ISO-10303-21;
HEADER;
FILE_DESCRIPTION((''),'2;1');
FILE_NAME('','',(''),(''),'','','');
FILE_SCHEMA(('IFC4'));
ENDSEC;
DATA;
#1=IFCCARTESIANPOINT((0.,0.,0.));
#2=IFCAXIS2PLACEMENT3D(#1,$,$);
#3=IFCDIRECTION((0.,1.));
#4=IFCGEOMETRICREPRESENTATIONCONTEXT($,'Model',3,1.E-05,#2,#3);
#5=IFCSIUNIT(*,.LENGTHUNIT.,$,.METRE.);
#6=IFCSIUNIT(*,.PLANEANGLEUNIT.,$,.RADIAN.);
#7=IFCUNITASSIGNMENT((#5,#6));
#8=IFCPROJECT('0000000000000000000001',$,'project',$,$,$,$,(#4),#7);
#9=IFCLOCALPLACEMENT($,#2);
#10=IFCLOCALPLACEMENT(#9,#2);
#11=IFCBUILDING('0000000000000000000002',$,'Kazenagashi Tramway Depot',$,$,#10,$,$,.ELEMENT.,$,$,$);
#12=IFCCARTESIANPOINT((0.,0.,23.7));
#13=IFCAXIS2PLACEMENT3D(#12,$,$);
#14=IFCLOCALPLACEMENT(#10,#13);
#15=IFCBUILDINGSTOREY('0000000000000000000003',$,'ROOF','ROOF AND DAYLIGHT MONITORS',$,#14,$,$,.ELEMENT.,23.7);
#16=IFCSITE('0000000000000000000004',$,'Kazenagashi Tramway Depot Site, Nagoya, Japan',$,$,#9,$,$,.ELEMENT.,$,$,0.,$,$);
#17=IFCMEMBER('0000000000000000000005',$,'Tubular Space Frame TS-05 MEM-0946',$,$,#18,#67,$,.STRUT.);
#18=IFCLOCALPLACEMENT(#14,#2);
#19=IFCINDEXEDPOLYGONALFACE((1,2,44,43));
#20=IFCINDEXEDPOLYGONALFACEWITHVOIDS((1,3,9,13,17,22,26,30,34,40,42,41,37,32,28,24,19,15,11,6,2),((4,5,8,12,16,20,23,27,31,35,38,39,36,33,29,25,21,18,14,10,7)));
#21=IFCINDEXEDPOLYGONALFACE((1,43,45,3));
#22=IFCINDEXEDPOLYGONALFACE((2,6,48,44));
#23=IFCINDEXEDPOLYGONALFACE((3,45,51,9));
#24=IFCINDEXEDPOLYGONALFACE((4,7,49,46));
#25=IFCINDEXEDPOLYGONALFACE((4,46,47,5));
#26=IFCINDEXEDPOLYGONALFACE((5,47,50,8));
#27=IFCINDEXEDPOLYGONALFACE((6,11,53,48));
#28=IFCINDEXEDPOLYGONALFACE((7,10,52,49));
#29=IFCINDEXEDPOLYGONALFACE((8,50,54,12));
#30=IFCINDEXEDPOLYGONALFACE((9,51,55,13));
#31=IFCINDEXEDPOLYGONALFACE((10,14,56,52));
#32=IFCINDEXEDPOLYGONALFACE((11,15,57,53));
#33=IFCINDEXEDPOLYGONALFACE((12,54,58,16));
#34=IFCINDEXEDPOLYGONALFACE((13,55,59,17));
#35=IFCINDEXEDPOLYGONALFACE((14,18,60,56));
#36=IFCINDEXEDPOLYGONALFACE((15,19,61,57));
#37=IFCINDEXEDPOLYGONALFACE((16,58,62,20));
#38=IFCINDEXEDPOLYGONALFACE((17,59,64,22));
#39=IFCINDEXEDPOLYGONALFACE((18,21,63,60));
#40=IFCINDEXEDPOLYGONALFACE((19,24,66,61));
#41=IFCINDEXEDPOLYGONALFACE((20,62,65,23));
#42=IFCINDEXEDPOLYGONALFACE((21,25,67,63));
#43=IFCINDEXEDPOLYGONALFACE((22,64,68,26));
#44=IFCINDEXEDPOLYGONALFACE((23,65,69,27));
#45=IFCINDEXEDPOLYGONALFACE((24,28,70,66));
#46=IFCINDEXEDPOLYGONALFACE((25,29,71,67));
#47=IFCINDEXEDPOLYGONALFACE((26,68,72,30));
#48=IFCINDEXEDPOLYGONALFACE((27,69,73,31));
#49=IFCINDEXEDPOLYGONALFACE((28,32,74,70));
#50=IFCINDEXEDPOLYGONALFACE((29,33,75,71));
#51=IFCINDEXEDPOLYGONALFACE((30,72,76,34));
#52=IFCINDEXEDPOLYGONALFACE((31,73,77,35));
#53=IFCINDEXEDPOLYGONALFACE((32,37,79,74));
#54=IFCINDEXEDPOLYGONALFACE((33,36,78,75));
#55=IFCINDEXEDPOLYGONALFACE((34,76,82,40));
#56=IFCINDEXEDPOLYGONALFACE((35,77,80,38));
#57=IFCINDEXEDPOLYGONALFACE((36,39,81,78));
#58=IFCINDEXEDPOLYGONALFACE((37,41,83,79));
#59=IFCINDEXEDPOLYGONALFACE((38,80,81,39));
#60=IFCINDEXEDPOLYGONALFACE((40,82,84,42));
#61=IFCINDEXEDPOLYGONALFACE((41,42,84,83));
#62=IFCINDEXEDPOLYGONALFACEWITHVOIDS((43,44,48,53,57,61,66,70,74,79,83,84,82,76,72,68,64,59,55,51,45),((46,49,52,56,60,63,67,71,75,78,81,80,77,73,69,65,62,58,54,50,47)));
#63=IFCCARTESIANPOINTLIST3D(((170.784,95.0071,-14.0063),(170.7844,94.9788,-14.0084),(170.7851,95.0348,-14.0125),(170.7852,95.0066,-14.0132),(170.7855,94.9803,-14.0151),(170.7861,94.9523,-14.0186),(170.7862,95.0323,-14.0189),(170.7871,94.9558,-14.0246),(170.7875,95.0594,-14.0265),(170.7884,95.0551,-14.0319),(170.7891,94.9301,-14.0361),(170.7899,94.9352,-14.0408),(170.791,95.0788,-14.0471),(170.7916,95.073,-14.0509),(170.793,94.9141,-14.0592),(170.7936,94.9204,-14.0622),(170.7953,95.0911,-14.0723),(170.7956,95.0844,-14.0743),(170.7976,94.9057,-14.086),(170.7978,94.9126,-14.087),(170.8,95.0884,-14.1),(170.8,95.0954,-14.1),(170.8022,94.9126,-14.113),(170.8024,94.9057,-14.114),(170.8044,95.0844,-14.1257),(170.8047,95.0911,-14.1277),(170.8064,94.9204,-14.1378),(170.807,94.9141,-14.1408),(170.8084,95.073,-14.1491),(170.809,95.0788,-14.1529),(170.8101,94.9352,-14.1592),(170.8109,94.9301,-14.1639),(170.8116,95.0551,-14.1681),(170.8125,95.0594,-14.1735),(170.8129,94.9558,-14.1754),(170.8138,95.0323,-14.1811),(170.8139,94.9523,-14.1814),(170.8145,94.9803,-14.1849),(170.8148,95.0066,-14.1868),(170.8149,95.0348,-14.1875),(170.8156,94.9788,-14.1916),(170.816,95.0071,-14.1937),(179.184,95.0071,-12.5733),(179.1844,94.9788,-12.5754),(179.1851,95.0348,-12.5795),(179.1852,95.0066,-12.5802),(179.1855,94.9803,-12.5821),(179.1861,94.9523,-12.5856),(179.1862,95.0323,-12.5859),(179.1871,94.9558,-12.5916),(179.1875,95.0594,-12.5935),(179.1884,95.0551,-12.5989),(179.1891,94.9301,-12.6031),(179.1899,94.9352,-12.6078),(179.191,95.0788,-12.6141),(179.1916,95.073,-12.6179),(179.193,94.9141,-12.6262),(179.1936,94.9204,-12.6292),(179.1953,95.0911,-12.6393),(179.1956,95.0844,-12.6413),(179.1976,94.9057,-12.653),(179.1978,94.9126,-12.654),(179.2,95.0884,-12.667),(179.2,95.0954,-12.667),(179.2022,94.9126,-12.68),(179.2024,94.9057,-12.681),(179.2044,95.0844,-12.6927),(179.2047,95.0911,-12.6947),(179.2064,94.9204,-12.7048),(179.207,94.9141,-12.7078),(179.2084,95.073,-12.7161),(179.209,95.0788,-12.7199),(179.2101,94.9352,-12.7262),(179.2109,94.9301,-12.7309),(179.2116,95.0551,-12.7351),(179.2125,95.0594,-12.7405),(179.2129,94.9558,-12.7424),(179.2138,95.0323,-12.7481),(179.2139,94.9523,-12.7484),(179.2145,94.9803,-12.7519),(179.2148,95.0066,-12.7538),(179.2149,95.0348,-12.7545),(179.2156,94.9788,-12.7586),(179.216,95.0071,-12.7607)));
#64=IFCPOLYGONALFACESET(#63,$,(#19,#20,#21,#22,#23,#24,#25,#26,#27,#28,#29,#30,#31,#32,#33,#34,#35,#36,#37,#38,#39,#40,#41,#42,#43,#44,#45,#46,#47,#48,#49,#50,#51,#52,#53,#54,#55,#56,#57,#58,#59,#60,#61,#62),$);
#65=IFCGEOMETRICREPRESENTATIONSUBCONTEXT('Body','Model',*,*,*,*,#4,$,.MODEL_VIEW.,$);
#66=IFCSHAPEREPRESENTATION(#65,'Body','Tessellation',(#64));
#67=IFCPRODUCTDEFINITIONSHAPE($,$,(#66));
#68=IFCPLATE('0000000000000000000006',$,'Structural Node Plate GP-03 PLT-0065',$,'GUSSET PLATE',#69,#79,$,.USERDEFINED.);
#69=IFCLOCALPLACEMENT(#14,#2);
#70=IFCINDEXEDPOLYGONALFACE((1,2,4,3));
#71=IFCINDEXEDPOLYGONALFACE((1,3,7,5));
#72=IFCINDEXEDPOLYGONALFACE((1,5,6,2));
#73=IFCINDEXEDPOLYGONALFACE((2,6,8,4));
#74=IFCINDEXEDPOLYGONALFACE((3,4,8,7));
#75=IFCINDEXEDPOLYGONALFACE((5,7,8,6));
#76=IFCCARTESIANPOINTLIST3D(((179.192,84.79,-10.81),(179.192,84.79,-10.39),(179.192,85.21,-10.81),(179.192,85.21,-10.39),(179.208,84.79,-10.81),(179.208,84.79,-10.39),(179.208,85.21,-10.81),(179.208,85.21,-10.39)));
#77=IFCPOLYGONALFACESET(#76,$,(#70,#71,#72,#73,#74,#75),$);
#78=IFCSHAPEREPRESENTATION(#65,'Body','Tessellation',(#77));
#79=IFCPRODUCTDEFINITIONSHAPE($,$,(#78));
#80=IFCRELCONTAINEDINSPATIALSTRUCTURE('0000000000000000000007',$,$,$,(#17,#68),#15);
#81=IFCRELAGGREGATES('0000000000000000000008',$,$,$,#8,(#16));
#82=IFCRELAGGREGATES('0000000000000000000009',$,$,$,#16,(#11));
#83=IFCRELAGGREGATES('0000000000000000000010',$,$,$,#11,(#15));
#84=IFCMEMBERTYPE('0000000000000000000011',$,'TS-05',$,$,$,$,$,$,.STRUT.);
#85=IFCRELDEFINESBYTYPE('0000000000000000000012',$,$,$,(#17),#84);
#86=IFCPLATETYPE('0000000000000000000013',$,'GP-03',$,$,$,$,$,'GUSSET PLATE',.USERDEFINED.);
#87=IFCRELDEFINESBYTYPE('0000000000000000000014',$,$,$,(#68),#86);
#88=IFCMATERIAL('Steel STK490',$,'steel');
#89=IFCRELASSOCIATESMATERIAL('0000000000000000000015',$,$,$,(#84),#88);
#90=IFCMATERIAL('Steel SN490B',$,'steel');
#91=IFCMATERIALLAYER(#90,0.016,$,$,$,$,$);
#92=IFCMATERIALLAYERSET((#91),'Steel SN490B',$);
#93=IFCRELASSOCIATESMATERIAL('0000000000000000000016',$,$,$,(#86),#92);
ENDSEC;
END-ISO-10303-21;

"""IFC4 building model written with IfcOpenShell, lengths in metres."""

from ifc_helpers import new_model, si_unit, direction, frame, origin, origin_2d, place, context, subcontext, project, spatial, rectangle, hollow_circle, extrude, material, layer, layer_set, material_profile, profile_set, type_object, element, save


model = new_model("IFC4")

# Units and contexts
model_context = context("Model", 3, precision=1e-05, world=origin(), true_north=direction((0.0, 1.0)))
body_context = subcontext(model_context, "Body", "Model", "MODEL_VIEW")
ifc_project = project(units=[si_unit("LENGTHUNIT", "METRE"), si_unit("PLANEANGLEUNIT", "RADIAN")], contexts=[model_context])

# Site, building, storey
site_placement = place(None, origin())
site = spatial("IfcSite", under=ifc_project, at=site_placement, Name="Kazenagashi Tramway Depot Site, Nagoya, Japan", CompositionType="ELEMENT", RefElevation=0.0)
building_placement = place(site_placement, origin())
building = spatial("IfcBuilding", under=site, at=building_placement, Name="Kazenagashi Tramway Depot", CompositionType="ELEMENT")
storey_placement = place(building_placement, frame((0.0, 0.0, 23.7)))
storey = spatial("IfcBuildingStorey", under=building, at=storey_placement, Name="ROOF", Description="ROOF AND DAYLIGHT MONITORS", CompositionType="ELEMENT", Elevation=23.7)

# Member
ifc_material_1 = material(Name="Steel STK490", Category="steel")
ifc_material_profile_1 = material_profile(ifc_material_1, hollow_circle(Radius=0.0954, WallThickness=0.007, at=origin_2d()), Name="CHS-190.7x7.0")
ifc_profile_set_1 = profile_set([ifc_material_profile_1], Name="Steel STK490")
member_type_1 = type_object("IfcMemberType", Name="TS-05", PredefinedType="STRUT", material=ifc_profile_set_1)
member_1_placement = place(storey_placement, frame((170.8, 95.0, -14.1), z_axis=(0.985759, 0.0, 0.168166), x_axis=(0.0, 1.0, 0.0)))
element("IfcMember", 1, at=member_1_placement, inside=storey, type_object=member_type_1, Name="Tubular Space Frame TS-05 MEM-0946", PredefinedType="STRUT", context=body_context, shape_type="SweptSolid", body=[
    extrude(hollow_circle(Radius=0.0954, WallThickness=0.007, at=origin_2d()), origin(), (0.0, 0.0, 1.0), 8.5214),
])

# Plate
ifc_material_2 = material(Name="Steel SN490B", Category="steel")
ifc_layer = layer(ifc_material_2, 0.016)
ifc_layer_set = layer_set([ifc_layer], Name="Steel SN490B")
plate_type = type_object("IfcPlateType", Name="GP-03", ElementType="GUSSET PLATE", PredefinedType="USERDEFINED", material=ifc_layer_set)
plate_placement = place(storey_placement, frame((179.2, 85.0, -10.81), z_axis=(0.0, 0.0, 1.0), x_axis=(0.0, 1.0, 0.0)))
element("IfcPlate", 2, at=plate_placement, inside=storey, type_object=plate_type, Name="Structural Node Plate GP-03 PLT-0065", ObjectType="GUSSET PLATE", PredefinedType="USERDEFINED", context=body_context, shape_type="SweptSolid", body=[
    extrude(rectangle(XDim=0.42, YDim=0.016, at=origin_2d()), origin(), (0.0, 0.0, 1.0), 0.42),
])

save(model, "model.ifc")
